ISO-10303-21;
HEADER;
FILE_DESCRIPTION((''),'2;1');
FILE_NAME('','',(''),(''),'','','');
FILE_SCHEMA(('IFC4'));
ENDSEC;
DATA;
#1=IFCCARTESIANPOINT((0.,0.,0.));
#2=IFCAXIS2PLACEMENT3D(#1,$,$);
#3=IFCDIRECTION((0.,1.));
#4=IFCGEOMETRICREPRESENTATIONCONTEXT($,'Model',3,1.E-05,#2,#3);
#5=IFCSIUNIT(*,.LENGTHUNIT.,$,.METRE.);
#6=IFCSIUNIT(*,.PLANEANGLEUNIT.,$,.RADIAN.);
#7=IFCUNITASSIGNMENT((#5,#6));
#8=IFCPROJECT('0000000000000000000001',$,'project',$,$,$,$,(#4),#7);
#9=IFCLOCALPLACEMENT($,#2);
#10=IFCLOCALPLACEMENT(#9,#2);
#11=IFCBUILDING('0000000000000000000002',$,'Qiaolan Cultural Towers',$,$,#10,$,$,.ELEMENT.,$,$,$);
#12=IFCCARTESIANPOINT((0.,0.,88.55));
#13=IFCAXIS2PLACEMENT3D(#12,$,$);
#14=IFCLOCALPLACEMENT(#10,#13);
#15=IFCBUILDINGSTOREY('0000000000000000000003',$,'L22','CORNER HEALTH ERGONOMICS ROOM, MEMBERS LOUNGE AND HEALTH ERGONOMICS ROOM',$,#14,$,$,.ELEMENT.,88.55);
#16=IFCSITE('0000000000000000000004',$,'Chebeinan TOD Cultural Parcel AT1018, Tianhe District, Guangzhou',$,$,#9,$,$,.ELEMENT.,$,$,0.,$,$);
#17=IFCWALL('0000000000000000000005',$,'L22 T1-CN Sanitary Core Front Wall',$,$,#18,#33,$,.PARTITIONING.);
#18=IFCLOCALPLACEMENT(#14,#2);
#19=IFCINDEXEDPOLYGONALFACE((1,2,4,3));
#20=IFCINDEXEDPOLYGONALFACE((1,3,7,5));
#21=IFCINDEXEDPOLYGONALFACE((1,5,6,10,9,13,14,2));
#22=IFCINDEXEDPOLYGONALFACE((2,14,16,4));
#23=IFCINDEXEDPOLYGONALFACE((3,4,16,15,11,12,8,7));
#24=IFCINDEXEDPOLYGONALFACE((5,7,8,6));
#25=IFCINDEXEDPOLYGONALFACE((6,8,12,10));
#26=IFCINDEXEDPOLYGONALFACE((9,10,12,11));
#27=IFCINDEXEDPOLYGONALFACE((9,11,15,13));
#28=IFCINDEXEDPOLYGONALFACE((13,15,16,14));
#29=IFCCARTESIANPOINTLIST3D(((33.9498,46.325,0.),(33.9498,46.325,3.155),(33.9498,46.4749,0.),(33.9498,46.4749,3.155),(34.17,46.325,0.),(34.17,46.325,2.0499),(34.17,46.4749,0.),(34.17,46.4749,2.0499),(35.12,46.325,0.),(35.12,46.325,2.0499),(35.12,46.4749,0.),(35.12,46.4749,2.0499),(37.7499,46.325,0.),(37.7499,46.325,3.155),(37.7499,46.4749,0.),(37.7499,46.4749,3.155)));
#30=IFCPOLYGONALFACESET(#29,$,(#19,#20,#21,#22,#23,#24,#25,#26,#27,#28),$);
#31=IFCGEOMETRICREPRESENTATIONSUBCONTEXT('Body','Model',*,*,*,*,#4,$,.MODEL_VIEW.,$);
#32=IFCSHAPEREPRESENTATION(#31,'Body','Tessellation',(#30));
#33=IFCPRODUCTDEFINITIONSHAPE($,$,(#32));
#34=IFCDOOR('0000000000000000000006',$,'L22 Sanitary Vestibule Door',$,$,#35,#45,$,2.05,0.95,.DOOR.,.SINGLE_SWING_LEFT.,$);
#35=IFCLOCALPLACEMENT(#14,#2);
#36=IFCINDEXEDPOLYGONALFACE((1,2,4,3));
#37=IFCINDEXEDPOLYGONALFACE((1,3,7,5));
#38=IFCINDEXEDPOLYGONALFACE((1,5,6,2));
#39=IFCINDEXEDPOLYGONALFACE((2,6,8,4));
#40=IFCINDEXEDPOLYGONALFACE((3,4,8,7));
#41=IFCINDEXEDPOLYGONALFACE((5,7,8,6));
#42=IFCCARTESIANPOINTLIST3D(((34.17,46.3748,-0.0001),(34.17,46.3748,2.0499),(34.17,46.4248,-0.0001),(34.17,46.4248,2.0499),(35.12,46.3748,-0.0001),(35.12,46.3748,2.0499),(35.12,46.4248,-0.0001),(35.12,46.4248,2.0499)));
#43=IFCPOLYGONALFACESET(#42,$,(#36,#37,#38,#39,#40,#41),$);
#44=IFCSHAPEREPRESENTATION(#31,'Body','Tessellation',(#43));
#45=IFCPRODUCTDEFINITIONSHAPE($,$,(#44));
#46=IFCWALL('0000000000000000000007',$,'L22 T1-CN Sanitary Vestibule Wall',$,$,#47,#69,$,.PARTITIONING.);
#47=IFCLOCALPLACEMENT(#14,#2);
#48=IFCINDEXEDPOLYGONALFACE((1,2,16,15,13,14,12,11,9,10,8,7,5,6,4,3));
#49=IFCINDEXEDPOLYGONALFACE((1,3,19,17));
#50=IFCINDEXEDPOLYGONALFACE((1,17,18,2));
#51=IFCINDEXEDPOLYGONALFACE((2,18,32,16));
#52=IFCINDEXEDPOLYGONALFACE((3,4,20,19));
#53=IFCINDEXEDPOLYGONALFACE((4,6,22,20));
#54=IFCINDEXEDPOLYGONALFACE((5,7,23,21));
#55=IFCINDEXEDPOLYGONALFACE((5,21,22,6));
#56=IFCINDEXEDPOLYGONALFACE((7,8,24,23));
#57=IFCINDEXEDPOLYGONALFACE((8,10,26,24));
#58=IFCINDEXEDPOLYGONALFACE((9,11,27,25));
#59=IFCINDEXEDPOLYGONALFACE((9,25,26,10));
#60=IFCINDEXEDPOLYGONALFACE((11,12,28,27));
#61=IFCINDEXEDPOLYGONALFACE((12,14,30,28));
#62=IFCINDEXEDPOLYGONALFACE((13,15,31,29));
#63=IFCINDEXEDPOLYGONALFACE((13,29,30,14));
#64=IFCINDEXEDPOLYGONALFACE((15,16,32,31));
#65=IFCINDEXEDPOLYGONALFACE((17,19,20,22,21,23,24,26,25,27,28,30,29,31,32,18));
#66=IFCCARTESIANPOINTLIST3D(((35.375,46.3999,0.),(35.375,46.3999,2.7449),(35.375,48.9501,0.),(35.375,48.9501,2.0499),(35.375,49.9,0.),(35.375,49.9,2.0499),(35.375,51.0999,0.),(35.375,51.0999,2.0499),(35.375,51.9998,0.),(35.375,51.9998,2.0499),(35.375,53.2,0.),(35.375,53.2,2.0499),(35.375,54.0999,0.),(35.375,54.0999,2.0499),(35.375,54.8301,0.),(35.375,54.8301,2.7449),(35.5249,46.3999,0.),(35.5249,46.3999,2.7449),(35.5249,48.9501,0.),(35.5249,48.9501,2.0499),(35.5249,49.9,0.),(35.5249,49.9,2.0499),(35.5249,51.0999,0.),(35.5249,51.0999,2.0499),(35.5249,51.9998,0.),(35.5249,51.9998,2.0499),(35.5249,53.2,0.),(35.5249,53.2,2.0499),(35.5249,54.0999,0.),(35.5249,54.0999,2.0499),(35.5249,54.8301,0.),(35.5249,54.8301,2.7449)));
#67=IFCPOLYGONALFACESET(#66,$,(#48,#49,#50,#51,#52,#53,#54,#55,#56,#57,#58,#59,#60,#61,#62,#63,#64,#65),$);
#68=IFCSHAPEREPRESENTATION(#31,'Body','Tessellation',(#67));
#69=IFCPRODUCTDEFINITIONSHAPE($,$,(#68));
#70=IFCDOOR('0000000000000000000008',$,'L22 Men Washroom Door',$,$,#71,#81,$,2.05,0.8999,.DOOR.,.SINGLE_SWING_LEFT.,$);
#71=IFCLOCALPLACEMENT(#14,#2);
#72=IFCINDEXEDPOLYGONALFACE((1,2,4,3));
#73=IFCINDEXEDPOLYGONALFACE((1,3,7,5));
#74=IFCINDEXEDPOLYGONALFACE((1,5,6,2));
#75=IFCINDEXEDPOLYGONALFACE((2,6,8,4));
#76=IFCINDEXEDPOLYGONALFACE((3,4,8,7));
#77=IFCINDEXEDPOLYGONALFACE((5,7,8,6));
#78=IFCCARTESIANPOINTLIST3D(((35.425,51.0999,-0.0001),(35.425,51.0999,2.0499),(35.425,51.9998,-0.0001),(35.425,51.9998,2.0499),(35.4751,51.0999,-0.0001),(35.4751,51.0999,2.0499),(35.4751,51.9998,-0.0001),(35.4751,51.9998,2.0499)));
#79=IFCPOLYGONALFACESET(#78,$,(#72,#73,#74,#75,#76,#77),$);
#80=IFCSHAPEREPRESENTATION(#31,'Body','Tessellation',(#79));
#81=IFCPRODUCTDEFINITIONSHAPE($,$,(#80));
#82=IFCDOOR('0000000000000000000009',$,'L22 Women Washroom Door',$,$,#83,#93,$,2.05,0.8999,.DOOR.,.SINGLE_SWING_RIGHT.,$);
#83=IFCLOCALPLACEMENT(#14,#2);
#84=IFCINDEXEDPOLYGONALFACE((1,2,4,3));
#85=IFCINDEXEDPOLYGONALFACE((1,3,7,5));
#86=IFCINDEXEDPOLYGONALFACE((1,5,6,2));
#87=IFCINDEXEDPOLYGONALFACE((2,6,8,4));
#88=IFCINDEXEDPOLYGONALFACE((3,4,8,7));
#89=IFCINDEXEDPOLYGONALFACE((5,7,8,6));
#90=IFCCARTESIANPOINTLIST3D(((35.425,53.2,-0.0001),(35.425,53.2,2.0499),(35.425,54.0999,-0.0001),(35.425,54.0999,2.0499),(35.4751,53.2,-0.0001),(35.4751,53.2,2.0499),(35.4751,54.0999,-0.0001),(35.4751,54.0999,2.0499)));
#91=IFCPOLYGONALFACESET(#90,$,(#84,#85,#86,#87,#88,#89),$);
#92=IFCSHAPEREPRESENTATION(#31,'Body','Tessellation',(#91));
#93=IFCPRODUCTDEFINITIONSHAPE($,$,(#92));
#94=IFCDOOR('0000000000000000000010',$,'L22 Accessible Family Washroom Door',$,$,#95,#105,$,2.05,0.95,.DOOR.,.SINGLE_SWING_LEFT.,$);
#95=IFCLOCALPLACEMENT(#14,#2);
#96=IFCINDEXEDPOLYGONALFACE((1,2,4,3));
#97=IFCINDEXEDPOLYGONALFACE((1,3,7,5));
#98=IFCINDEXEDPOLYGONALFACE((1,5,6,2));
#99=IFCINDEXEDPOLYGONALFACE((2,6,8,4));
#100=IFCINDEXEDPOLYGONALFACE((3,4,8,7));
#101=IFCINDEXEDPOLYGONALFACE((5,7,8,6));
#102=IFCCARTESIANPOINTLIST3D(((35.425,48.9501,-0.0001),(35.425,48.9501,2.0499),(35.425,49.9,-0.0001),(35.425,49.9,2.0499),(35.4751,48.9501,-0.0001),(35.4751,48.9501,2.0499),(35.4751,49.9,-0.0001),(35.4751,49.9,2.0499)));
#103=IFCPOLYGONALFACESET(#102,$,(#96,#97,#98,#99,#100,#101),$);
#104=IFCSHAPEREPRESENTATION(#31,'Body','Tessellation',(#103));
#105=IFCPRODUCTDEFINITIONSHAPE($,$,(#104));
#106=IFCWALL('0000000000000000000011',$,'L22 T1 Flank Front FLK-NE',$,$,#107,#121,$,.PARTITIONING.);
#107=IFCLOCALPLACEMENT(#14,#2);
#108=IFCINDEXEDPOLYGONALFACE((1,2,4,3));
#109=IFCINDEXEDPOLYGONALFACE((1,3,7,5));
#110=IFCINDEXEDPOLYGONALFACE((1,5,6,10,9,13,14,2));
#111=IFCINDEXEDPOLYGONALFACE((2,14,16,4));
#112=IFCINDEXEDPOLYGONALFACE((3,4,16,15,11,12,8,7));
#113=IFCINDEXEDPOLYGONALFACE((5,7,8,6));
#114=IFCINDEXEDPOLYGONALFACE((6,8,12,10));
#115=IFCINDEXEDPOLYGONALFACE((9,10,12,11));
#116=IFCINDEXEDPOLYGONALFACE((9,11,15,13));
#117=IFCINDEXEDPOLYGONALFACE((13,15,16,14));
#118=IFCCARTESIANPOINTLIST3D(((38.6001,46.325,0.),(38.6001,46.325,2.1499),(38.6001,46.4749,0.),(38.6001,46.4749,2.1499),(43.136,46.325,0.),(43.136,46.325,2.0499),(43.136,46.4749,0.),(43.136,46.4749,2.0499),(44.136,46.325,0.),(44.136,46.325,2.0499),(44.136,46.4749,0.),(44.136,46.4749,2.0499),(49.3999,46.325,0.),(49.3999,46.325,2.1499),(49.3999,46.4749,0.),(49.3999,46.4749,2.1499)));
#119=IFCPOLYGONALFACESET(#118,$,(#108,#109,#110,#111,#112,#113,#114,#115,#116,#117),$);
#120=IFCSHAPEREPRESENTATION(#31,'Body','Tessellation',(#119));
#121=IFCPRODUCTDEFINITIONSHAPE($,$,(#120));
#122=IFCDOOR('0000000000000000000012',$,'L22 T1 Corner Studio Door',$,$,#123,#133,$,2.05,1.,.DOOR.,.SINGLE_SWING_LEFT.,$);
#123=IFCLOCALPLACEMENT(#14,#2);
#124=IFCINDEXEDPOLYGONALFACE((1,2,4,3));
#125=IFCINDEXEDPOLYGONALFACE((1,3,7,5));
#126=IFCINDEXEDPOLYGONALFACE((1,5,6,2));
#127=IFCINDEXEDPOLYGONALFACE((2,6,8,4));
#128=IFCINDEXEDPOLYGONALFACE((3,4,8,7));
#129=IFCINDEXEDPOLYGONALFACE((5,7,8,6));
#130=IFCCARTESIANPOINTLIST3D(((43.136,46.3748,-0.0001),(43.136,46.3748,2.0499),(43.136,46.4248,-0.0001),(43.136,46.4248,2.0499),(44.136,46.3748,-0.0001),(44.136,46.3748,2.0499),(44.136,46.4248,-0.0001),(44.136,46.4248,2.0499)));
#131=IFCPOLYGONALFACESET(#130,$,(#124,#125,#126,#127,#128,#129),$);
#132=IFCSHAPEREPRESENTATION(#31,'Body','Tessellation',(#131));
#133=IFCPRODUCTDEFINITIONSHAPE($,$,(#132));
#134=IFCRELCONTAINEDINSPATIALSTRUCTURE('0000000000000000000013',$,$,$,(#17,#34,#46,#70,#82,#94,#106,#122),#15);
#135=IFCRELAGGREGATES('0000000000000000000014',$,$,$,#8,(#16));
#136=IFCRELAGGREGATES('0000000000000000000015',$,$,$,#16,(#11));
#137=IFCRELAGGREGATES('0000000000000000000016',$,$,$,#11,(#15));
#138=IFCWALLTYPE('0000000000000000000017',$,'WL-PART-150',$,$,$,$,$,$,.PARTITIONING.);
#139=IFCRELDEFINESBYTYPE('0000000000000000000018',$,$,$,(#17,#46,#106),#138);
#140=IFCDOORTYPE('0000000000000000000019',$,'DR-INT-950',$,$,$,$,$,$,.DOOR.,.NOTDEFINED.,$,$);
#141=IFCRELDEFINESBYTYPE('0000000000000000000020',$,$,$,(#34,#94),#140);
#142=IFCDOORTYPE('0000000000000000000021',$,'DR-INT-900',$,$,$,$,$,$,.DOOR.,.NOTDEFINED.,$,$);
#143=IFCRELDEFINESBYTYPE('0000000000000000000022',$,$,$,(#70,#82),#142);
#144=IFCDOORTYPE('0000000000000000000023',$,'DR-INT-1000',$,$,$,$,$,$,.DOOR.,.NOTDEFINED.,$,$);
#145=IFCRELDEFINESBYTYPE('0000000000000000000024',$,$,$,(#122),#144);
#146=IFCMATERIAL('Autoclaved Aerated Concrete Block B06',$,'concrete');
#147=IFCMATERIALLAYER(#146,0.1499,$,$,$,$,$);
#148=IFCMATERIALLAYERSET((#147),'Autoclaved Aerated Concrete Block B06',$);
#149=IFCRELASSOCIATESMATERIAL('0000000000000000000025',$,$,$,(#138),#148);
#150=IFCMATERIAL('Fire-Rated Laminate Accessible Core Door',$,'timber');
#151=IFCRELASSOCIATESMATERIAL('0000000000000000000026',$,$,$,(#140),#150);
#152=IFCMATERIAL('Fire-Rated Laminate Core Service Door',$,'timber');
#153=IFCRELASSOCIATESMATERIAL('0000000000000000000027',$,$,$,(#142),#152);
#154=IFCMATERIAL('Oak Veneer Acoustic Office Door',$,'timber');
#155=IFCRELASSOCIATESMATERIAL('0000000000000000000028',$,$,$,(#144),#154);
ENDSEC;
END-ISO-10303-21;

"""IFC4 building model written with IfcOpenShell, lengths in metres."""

from ifc_helpers import new_model, si_unit, direction, frame, frame_2d, origin, place, context, subcontext, project, spatial, rectangle, extrude, material, layer, layer_set, type_object, element, fill, save


model = new_model("IFC4")

# Units and contexts
model_context = context("Model", 3, precision=1e-05, world=origin(), true_north=direction((0.0, 1.0)))
body_context = subcontext(model_context, "Body", "Model", "MODEL_VIEW")
ifc_project = project(units=[si_unit("LENGTHUNIT", "METRE"), si_unit("PLANEANGLEUNIT", "RADIAN")], contexts=[model_context])

# Site, building, storey
site_placement = place(None, origin())
site = spatial("IfcSite", under=ifc_project, at=site_placement, Name="Chebeinan TOD Cultural Parcel AT1018, Tianhe District, Guangzhou", CompositionType="ELEMENT", RefElevation=0.0)
building_placement = place(site_placement, origin())
building = spatial("IfcBuilding", under=site, at=building_placement, Name="Qiaolan Cultural Towers", CompositionType="ELEMENT")
storey_placement = place(building_placement, frame((0.0, 0.0, 88.55)))
storey = spatial("IfcBuildingStorey", under=building, at=storey_placement, Name="L22", Description="CORNER HEALTH ERGONOMICS ROOM, MEMBERS LOUNGE AND HEALTH ERGONOMICS ROOM", CompositionType="ELEMENT", Elevation=88.55)

# Wall, opening, door
ifc_material_1 = material(Name="Autoclaved Aerated Concrete Block B06", Category="concrete")
ifc_layer_1 = layer(ifc_material_1, 0.1499)
ifc_layer_set_1 = layer_set([ifc_layer_1], Name="Autoclaved Aerated Concrete Block B06")
wall_type_1 = type_object("IfcWallType", Name="WL-PART-150", PredefinedType="PARTITIONING", material=ifc_layer_set_1)
wall_1_placement = place(storey_placement, frame((33.95, 46.3999, 0.0), z_axis=(0.0, 0.0, 1.0), x_axis=(1.0, 0.0, 0.0)))
wall_1 = element("IfcWall", 1, at=wall_1_placement, inside=storey, type_object=wall_type_1, Name="L22 T1-CN Sanitary Core Front Wall", PredefinedType="PARTITIONING", context=body_context, shape_type="SweptSolid", body=[
    extrude(rectangle(XDim=3.8, YDim=0.1499, at=frame_2d((1.8999, 0.0))), origin(), (0.0, 0.0, 1.0), 3.155),
])
opening_1_placement = place(wall_1_placement, frame((0.22, 0.0, 0.0)))
opening_1 = element("IfcOpeningElement", 2, at=opening_1_placement, cuts=wall_1, PredefinedType="OPENING", context=body_context, shape_type="SweptSolid", body=[
    extrude(rectangle(XDim=0.95, YDim=2.05, at=frame_2d((0.4751, 1.0249))), frame((0.0, 0.085, 0.0), z_axis=(0.0, -1.0, 0.0), x_axis=(1.0, 0.0, 0.0)), (0.0, 0.0, 1.0), 0.1699),
])
ifc_material_2 = material(Name="Fire-Rated Laminate Accessible Core Door", Category="timber")
door_type_1 = type_object("IfcDoorType", Name="DR-INT-950", OperationType="NOTDEFINED", PredefinedType="DOOR", material=ifc_material_2)
door_1_placement = place(opening_1_placement, origin())
door_1 = element("IfcDoor", 3, at=door_1_placement, inside=storey, type_object=door_type_1, Name="L22 Sanitary Vestibule Door", OperationType="SINGLE_SWING_LEFT", OverallHeight=2.05, OverallWidth=0.95, PredefinedType="DOOR", context=body_context, shape_type="SweptSolid", body=[
    extrude(rectangle(XDim=0.95, YDim=2.05, at=frame_2d((0.4751, 1.0249))), frame((0.0, 0.0249, 0.0), z_axis=(0.0, -1.0, 0.0), x_axis=(1.0, 0.0, 0.0)), (0.0, 0.0, 1.0), 0.05),
])
fill(opening_1, door_1)

# Wall, openings, doors
wall_2_placement = place(storey_placement, frame((35.45, 46.3999, 0.0), z_axis=(0.0, 0.0, 1.0), x_axis=(0.0, 1.0, 0.0)))
wall_2 = element("IfcWall", 4, at=wall_2_placement, inside=storey, type_object=wall_type_1, Name="L22 T1-CN Sanitary Vestibule Wall", PredefinedType="PARTITIONING", context=body_context, shape_type="SweptSolid", body=[
    extrude(rectangle(XDim=8.4302, YDim=0.1499, at=frame_2d((4.2151, 0.0))), origin(), (0.0, 0.0, 1.0), 2.7449),
])
opening_2_placement = place(wall_2_placement, frame((2.55, 0.0, 0.0)))
opening_2 = element("IfcOpeningElement", 5, at=opening_2_placement, cuts=wall_2, PredefinedType="OPENING", context=body_context, shape_type="SweptSolid", body=[
    extrude(rectangle(XDim=0.95, YDim=2.05, at=frame_2d((0.4751, 1.0249))), frame((0.0, 0.085, 0.0), z_axis=(0.0, -1.0, 0.0), x_axis=(1.0, 0.0, 0.0)), (0.0, 0.0, 1.0), 0.1699),
])
opening_3_placement = place(wall_2_placement, frame((4.7, 0.0, 0.0)))
opening_3 = element("IfcOpeningElement", 6, at=opening_3_placement, cuts=wall_2, PredefinedType="OPENING", context=body_context, shape_type="SweptSolid", body=[
    extrude(rectangle(XDim=0.8999, YDim=2.05, at=frame_2d((0.45, 1.0249))), frame((0.0, 0.085, 0.0), z_axis=(0.0, -1.0, 0.0), x_axis=(1.0, 0.0, 0.0)), (0.0, 0.0, 1.0), 0.1699),
])
opening_4_placement = place(wall_2_placement, frame((6.8, 0.0, 0.0)))
opening_4 = element("IfcOpeningElement", 7, at=opening_4_placement, cuts=wall_2, PredefinedType="OPENING", context=body_context, shape_type="SweptSolid", body=[
    extrude(rectangle(XDim=0.8999, YDim=2.05, at=frame_2d((0.45, 1.0249))), frame((0.0, 0.085, 0.0), z_axis=(0.0, -1.0, 0.0), x_axis=(1.0, 0.0, 0.0)), (0.0, 0.0, 1.0), 0.1699),
])
ifc_material_3 = material(Name="Fire-Rated Laminate Core Service Door", Category="timber")
door_type_2 = type_object("IfcDoorType", Name="DR-INT-900", OperationType="NOTDEFINED", PredefinedType="DOOR", material=ifc_material_3)
door_2_placement = place(opening_3_placement, origin())
door_2 = element("IfcDoor", 8, at=door_2_placement, inside=storey, type_object=door_type_2, Name="L22 Men Washroom Door", OperationType="SINGLE_SWING_LEFT", OverallHeight=2.05, OverallWidth=0.8999, PredefinedType="DOOR", context=body_context, shape_type="SweptSolid", body=[
    extrude(rectangle(XDim=0.8999, YDim=2.05, at=frame_2d((0.45, 1.0249))), frame((0.0, 0.0249, 0.0), z_axis=(0.0, -1.0, 0.0), x_axis=(1.0, 0.0, 0.0)), (0.0, 0.0, 1.0), 0.05),
])
fill(opening_3, door_2)
door_3_placement = place(opening_4_placement, origin())
door_3 = element("IfcDoor", 9, at=door_3_placement, inside=storey, type_object=door_type_2, Name="L22 Women Washroom Door", OperationType="SINGLE_SWING_RIGHT", OverallHeight=2.05, OverallWidth=0.8999, PredefinedType="DOOR", context=body_context, shape_type="SweptSolid", body=[
    extrude(rectangle(XDim=0.8999, YDim=2.05, at=frame_2d((0.45, 1.0249))), frame((0.0, 0.0249, 0.0), z_axis=(0.0, -1.0, 0.0), x_axis=(1.0, 0.0, 0.0)), (0.0, 0.0, 1.0), 0.05),
])
fill(opening_4, door_3)
door_4_placement = place(opening_2_placement, origin())
door_4 = element("IfcDoor", 10, at=door_4_placement, inside=storey, type_object=door_type_1, Name="L22 Accessible Family Washroom Door", OperationType="SINGLE_SWING_LEFT", OverallHeight=2.05, OverallWidth=0.95, PredefinedType="DOOR", context=body_context, shape_type="SweptSolid", body=[
    extrude(rectangle(XDim=0.95, YDim=2.05, at=frame_2d((0.4751, 1.0249))), frame((0.0, 0.0249, 0.0), z_axis=(0.0, -1.0, 0.0), x_axis=(1.0, 0.0, 0.0)), (0.0, 0.0, 1.0), 0.05),
])
fill(opening_2, door_4)

# Wall, opening, door
wall_3_placement = place(storey_placement, frame((38.6001, 46.3999, 0.0), z_axis=(0.0, 0.0, 1.0), x_axis=(1.0, 0.0, 0.0)))
wall_3 = element("IfcWall", 11, at=wall_3_placement, inside=storey, type_object=wall_type_1, Name="L22 T1 Flank Front FLK-NE", PredefinedType="PARTITIONING", context=body_context, shape_type="SweptSolid", body=[
    extrude(rectangle(XDim=10.7998, YDim=0.1499, at=frame_2d((5.3999, 0.0))), origin(), (0.0, 0.0, 1.0), 2.1499),
])
opening_5_placement = place(wall_3_placement, frame((4.5359, 0.0, 0.0)))
opening_5 = element("IfcOpeningElement", 12, at=opening_5_placement, cuts=wall_3, PredefinedType="OPENING", context=body_context, shape_type="SweptSolid", body=[
    extrude(rectangle(XDim=1.0, YDim=2.05, at=frame_2d((0.5, 1.0249))), frame((0.0, 0.085, 0.0), z_axis=(0.0, -1.0, 0.0), x_axis=(1.0, 0.0, 0.0)), (0.0, 0.0, 1.0), 0.1699),
])
ifc_material_4 = material(Name="Oak Veneer Acoustic Office Door", Category="timber")
door_type_3 = type_object("IfcDoorType", Name="DR-INT-1000", OperationType="NOTDEFINED", PredefinedType="DOOR", material=ifc_material_4)
door_5_placement = place(opening_5_placement, origin())
door_5 = element("IfcDoor", 13, at=door_5_placement, inside=storey, type_object=door_type_3, Name="L22 T1 Corner Studio Door", OperationType="SINGLE_SWING_LEFT", OverallHeight=2.05, OverallWidth=1.0, PredefinedType="DOOR", context=body_context, shape_type="SweptSolid", body=[
    extrude(rectangle(XDim=1.0, YDim=2.05, at=frame_2d((0.5, 1.0249))), frame((0.0, 0.0249, 0.0), z_axis=(0.0, -1.0, 0.0), x_axis=(1.0, 0.0, 0.0)), (0.0, 0.0, 1.0), 0.05),
])
fill(opening_5, door_5)

save(model, "model.ifc")
